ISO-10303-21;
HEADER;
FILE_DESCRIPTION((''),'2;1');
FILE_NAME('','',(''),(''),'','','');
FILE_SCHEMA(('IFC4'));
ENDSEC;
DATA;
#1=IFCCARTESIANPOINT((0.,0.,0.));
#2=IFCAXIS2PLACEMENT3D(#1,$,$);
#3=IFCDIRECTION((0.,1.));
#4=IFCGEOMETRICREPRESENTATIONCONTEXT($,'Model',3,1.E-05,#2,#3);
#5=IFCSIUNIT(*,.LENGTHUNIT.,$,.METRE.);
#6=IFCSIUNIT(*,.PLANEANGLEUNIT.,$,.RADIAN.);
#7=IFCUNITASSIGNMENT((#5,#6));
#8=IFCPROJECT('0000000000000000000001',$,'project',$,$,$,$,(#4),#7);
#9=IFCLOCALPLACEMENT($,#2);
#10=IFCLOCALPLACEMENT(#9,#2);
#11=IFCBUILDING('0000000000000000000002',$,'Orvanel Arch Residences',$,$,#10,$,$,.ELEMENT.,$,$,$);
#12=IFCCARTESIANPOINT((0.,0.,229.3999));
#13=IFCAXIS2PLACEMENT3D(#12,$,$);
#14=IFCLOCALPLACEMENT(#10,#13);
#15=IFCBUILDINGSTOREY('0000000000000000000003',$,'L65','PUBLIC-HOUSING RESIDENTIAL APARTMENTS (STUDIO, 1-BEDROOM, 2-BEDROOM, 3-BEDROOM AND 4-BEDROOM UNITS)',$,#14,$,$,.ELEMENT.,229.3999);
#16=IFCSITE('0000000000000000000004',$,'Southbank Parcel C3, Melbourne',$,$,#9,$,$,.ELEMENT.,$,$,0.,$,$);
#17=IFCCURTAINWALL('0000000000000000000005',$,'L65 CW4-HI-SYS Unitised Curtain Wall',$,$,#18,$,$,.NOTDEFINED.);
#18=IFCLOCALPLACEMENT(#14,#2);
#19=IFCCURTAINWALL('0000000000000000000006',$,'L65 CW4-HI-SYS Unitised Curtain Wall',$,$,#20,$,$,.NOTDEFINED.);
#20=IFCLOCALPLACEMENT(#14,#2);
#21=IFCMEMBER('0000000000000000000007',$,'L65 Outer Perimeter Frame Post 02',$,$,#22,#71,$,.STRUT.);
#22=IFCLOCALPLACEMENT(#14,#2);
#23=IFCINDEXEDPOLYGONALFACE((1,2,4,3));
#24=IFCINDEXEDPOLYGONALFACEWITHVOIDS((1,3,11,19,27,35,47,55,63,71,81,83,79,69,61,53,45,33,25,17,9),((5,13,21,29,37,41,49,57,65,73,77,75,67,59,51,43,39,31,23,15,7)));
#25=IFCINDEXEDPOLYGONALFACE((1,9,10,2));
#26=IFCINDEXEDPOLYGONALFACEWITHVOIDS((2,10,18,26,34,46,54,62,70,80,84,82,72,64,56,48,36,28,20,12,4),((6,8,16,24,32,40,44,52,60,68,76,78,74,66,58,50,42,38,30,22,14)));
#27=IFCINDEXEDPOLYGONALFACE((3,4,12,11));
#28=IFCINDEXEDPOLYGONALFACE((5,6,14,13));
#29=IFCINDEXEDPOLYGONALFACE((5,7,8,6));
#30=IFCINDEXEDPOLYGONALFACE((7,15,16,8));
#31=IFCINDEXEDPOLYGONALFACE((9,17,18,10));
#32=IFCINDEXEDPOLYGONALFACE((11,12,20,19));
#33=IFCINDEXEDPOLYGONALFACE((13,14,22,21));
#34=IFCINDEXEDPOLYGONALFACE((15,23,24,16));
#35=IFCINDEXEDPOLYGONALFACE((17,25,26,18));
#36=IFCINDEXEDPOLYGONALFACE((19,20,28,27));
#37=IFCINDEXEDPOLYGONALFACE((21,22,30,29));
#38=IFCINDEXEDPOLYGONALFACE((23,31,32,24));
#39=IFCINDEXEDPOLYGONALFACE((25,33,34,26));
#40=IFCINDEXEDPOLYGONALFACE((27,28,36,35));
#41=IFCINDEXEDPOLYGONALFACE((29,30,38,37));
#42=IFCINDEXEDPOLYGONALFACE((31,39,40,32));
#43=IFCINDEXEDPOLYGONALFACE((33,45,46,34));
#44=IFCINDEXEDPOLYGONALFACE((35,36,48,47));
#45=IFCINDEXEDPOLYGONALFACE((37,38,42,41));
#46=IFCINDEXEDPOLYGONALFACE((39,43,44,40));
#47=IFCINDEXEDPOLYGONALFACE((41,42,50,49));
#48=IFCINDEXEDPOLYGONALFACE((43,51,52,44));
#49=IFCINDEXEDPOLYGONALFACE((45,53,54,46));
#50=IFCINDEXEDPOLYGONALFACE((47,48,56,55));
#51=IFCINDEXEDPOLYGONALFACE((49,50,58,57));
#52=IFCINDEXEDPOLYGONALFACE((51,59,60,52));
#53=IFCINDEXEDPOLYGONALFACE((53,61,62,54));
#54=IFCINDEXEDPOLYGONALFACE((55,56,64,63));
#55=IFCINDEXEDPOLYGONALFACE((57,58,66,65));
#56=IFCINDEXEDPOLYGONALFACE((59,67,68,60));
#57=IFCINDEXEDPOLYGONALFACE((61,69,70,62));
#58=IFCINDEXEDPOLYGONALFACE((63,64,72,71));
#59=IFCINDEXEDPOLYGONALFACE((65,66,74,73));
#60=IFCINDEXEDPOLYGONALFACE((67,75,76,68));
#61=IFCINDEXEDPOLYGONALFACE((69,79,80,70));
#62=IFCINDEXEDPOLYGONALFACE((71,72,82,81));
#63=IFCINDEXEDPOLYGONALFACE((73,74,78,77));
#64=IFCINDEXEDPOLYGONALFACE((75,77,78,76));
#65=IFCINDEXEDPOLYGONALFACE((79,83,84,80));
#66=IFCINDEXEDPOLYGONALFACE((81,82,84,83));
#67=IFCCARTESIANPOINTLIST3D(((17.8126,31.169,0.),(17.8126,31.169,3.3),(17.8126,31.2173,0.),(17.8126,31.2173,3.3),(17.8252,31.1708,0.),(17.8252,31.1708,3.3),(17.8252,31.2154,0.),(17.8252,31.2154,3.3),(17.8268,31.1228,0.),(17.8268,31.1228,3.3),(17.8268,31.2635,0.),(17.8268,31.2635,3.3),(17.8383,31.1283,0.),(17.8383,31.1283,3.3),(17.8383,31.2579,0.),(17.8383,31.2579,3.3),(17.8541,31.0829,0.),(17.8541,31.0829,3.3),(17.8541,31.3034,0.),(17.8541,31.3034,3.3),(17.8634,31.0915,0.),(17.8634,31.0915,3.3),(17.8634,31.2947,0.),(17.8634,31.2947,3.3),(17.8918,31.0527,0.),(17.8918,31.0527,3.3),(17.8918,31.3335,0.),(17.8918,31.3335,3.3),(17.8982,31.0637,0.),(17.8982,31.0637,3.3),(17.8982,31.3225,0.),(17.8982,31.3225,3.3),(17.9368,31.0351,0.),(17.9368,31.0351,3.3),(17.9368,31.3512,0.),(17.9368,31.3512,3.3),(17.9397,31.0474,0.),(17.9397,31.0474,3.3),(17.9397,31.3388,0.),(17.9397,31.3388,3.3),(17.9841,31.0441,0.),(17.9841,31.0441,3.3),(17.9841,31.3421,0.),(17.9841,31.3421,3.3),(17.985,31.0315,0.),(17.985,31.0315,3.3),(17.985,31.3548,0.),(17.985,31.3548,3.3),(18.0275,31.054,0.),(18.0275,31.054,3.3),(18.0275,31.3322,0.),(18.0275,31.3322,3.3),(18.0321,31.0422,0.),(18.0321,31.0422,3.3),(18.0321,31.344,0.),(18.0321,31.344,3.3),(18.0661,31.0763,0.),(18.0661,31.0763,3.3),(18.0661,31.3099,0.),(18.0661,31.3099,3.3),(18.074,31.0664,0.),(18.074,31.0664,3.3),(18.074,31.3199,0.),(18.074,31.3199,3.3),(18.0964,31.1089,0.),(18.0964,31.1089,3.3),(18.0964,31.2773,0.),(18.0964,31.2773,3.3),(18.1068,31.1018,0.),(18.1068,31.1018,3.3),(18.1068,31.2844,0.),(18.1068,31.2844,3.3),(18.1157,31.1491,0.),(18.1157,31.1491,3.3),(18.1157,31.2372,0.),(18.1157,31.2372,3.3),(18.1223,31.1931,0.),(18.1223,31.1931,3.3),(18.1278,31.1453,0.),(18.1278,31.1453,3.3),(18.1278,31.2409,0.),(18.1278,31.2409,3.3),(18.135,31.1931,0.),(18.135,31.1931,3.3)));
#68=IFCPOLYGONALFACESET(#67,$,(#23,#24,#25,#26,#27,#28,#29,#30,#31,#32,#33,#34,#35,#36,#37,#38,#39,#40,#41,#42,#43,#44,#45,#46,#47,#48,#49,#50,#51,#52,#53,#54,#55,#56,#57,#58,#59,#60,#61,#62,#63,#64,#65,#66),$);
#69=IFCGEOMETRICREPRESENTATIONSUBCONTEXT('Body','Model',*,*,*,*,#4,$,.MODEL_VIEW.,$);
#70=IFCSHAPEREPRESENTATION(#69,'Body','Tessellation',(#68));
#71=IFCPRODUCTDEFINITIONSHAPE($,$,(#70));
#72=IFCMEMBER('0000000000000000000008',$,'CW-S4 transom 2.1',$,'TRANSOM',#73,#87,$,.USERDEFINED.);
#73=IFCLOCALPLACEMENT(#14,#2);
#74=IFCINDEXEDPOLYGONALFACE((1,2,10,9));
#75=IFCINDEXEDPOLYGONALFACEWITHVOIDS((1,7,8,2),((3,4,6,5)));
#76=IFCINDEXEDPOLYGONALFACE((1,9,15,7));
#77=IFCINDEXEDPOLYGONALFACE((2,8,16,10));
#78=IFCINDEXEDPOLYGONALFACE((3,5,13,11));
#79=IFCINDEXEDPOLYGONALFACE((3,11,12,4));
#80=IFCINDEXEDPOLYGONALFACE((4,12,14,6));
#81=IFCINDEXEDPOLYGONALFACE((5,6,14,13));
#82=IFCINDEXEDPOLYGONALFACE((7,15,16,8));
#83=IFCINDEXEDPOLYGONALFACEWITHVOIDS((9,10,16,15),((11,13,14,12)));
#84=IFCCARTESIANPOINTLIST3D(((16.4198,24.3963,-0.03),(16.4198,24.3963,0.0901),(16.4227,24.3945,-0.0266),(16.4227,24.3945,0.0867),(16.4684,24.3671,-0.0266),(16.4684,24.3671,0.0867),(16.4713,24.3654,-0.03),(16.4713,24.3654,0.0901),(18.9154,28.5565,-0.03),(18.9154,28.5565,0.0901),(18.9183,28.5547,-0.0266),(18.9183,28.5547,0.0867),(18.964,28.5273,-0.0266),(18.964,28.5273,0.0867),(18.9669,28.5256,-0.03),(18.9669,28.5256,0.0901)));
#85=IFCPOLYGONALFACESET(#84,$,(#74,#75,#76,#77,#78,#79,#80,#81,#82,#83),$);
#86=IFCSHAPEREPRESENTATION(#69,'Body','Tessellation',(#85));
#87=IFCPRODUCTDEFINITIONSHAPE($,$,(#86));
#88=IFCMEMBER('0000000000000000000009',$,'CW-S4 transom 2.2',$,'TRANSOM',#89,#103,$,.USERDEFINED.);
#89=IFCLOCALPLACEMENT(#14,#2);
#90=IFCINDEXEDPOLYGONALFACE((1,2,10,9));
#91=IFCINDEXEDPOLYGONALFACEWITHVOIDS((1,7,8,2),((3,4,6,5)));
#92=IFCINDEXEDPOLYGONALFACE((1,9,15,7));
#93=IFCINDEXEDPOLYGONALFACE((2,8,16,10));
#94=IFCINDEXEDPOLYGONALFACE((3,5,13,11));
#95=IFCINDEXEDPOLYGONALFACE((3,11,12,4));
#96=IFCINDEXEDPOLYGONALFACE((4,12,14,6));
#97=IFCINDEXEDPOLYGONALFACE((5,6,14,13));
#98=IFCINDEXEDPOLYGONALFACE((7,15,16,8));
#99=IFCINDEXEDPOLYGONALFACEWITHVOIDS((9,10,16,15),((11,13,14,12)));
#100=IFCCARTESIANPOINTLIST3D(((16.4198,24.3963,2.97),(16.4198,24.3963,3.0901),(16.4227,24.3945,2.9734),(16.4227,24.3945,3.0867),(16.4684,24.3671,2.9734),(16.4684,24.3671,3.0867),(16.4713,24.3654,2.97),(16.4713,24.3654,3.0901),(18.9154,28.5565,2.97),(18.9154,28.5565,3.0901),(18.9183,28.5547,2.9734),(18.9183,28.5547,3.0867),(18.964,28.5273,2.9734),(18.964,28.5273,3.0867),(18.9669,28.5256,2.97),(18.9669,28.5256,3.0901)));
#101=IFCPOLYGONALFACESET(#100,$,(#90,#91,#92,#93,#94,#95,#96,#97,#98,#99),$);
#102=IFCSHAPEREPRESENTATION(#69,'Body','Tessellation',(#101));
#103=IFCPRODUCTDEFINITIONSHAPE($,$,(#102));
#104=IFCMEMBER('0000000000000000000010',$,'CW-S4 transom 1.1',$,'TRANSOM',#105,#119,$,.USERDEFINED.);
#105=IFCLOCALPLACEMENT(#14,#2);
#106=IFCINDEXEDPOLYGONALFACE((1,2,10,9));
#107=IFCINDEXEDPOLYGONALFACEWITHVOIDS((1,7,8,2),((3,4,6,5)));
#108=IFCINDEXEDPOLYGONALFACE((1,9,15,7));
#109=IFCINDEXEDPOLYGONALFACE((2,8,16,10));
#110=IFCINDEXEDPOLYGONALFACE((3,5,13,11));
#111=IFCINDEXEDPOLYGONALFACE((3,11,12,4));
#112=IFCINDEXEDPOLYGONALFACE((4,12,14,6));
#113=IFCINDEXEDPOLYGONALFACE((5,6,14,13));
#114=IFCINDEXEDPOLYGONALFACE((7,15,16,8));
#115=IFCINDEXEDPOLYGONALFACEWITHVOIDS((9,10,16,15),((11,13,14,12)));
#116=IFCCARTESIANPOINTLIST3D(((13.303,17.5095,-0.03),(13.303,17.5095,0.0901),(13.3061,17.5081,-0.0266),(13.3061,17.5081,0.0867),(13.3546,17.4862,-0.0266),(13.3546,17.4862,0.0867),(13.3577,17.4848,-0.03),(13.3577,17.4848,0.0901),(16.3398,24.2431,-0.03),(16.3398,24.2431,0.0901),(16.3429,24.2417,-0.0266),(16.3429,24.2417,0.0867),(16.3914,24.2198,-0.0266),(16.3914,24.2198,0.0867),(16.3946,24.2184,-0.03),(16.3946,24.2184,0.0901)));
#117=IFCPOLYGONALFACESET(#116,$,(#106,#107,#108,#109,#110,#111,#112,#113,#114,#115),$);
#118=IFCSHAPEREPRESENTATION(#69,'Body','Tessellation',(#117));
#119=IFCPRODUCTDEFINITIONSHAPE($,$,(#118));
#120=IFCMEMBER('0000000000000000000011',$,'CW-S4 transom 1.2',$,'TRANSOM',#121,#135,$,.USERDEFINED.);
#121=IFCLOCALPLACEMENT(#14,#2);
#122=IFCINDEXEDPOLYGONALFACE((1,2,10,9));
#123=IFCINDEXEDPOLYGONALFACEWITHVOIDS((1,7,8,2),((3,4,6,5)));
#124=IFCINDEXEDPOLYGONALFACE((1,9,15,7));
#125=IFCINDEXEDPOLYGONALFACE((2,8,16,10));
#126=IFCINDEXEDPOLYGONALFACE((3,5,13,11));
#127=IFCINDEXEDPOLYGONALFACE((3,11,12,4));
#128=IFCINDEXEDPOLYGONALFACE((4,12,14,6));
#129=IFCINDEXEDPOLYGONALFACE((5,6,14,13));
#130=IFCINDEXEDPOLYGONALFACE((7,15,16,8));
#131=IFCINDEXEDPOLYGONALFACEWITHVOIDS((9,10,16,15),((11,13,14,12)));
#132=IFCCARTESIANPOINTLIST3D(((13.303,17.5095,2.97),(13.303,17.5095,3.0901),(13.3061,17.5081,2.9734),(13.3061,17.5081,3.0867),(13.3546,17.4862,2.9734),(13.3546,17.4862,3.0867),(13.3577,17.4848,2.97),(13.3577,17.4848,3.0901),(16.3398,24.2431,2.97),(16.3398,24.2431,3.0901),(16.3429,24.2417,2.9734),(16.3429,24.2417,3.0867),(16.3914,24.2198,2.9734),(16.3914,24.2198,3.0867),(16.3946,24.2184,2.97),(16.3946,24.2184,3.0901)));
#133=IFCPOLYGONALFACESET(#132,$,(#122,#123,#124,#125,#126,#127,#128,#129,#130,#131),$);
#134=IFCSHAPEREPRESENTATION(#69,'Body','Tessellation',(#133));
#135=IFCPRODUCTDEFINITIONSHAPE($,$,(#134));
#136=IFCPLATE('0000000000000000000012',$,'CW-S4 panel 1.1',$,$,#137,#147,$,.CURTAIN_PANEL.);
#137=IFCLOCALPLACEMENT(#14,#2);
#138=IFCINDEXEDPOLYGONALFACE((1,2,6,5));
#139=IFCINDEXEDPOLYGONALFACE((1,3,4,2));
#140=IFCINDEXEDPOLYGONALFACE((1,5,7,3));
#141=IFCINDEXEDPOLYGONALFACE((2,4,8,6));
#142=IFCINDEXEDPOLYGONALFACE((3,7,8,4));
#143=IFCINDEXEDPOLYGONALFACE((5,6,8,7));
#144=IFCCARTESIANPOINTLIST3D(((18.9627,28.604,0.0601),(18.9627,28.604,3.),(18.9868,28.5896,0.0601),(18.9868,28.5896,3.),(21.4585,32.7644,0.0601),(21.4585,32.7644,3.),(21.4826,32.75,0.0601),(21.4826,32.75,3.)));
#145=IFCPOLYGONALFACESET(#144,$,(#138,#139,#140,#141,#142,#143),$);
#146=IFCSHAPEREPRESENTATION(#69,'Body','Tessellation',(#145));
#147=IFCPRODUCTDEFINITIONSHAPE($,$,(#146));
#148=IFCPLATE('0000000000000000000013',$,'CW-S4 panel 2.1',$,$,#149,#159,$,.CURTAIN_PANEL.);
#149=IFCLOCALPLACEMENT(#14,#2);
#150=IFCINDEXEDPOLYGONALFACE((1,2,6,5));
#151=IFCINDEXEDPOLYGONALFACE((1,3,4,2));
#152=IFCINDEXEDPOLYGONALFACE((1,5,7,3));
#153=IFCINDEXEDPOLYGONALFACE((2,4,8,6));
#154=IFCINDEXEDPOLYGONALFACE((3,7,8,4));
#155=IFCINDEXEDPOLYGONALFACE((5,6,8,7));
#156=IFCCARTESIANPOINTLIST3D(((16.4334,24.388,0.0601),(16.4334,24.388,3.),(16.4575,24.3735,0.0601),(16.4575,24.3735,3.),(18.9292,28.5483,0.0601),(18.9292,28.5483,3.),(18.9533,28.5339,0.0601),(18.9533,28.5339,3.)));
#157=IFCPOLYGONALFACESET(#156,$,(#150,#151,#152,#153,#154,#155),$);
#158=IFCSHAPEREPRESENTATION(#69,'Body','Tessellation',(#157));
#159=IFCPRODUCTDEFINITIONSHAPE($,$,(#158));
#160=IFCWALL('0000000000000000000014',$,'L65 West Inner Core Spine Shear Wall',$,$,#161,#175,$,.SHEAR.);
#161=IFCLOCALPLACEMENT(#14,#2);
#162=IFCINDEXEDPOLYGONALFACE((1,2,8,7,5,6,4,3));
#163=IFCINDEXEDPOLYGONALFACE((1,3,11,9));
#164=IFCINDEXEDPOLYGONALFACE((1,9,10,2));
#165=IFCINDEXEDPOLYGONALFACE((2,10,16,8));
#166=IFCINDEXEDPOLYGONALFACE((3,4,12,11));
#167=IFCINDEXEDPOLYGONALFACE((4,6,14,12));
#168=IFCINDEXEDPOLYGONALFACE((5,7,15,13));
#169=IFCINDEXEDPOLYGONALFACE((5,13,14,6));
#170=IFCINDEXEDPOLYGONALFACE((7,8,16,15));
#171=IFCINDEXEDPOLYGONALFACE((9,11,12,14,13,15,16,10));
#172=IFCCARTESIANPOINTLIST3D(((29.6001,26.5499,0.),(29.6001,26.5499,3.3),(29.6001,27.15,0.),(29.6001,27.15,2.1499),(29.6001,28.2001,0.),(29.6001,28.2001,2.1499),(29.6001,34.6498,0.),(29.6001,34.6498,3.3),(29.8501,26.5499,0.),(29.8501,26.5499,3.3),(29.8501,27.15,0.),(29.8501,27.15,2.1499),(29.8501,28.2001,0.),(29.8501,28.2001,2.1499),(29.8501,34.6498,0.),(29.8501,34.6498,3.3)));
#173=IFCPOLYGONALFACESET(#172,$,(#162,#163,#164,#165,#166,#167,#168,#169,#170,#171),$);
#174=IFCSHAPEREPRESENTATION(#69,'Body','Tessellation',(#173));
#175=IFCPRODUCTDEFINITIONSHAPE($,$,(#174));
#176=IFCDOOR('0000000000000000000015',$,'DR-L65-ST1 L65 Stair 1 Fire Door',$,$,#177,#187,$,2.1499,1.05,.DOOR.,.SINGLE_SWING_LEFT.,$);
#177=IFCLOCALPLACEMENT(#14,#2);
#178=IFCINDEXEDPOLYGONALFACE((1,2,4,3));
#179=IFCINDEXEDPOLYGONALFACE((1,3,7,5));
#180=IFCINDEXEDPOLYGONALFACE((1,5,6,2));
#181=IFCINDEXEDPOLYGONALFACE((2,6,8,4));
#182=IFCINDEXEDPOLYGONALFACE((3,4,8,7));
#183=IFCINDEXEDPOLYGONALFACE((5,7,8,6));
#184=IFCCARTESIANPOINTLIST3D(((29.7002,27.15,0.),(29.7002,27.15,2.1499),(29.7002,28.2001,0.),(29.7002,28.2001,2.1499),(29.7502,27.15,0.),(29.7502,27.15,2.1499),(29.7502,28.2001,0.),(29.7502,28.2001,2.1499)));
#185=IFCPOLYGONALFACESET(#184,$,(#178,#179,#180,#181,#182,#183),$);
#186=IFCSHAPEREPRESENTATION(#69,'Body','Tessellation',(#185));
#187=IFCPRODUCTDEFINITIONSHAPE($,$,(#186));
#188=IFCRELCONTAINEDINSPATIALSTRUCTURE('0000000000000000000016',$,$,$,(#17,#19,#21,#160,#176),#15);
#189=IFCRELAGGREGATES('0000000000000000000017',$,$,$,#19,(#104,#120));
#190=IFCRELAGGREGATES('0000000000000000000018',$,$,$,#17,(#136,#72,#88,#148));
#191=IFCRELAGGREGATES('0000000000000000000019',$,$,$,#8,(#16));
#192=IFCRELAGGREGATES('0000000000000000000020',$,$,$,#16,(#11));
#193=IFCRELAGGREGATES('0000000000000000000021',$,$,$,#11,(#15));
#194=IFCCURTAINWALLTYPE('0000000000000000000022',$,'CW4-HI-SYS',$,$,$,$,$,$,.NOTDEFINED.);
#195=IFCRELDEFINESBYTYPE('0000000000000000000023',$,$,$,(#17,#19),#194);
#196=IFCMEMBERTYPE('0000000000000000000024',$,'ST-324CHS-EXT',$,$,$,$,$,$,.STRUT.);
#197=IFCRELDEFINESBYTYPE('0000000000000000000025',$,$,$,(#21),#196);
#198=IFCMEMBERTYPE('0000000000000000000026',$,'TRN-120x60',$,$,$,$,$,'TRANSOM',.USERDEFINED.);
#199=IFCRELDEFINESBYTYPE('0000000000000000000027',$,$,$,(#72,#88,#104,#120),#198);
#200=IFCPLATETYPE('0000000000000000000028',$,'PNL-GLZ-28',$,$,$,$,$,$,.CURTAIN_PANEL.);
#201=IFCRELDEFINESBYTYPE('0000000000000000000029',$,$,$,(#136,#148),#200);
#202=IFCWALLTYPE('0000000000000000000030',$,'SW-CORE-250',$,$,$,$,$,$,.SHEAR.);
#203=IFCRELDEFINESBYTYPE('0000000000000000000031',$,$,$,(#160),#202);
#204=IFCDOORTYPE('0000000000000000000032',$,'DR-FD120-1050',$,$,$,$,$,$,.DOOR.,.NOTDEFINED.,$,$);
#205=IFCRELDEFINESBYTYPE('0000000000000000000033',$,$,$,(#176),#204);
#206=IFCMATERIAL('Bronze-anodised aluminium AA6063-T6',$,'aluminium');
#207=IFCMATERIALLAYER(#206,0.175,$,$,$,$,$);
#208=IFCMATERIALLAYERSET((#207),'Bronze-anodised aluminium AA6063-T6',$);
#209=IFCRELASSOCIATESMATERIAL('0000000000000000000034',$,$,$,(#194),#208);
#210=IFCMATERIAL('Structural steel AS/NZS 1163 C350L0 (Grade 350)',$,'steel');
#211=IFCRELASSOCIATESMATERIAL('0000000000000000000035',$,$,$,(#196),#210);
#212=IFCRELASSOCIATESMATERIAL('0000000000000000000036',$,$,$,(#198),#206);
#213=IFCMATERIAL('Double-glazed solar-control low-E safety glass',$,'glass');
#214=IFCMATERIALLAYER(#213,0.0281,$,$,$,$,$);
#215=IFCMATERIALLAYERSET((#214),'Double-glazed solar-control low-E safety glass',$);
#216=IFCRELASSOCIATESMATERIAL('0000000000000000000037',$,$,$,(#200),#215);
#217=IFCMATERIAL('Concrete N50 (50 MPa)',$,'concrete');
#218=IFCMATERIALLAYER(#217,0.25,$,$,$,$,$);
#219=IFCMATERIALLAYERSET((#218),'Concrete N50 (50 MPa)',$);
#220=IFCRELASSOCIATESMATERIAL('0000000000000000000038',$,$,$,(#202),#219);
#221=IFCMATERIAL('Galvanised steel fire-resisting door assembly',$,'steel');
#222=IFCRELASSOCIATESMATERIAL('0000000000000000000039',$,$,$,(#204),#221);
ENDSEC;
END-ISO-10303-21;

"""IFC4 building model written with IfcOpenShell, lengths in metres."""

from ifc_helpers import new_model, si_unit, direction, frame, frame_2d, origin, origin_2d, place, context, subcontext, project, spatial, rectangle, hollow_rectangle, hollow_circle, extrude, material, layer, layer_set, material_profile, profile_set, type_object, element, fill, aggregate, save


model = new_model("IFC4")

# Units and contexts
model_context = context("Model", 3, precision=1e-05, world=origin(), true_north=direction((0.0, 1.0)))
body_context = subcontext(model_context, "Body", "Model", "MODEL_VIEW")
ifc_project = project(units=[si_unit("LENGTHUNIT", "METRE"), si_unit("PLANEANGLEUNIT", "RADIAN")], contexts=[model_context])

# Site, building, storey
site_placement = place(None, origin())
site = spatial("IfcSite", under=ifc_project, at=site_placement, Name="Southbank Parcel C3, Melbourne", CompositionType="ELEMENT", RefElevation=0.0)
building_placement = place(site_placement, origin())
building = spatial("IfcBuilding", under=site, at=building_placement, Name="Orvanel Arch Residences", CompositionType="ELEMENT")
storey_placement = place(building_placement, frame((0.0, 0.0, 229.3999)))
storey = spatial("IfcBuildingStorey", under=building, at=storey_placement, Name="L65", Description="PUBLIC-HOUSING RESIDENTIAL APARTMENTS (STUDIO, 1-BEDROOM, 2-BEDROOM, 3-BEDROOM AND 4-BEDROOM UNITS)", CompositionType="ELEMENT", Elevation=229.3999)

# Shared definitions
ifc_material_1 = material(Name="Structural steel AS/NZS 1163 C350L0 (Grade 350)", Category="steel")

# Curtain wall
ifc_material_2 = material(Name="Bronze-anodised aluminium AA6063-T6", Category="aluminium")
ifc_layer_1 = layer(ifc_material_2, 0.175)
ifc_layer_set_1 = layer_set([ifc_layer_1], Name="Bronze-anodised aluminium AA6063-T6")
curtain_wall_type = type_object("IfcCurtainWallType", Name="CW4-HI-SYS", PredefinedType="NOTDEFINED", material=ifc_layer_set_1)
curtain_wall_1_placement = place(storey_placement, origin())
curtain_wall_1 = element("IfcCurtainWall", 1, at=curtain_wall_1_placement, inside=storey, type_object=curtain_wall_type, Name="L65 CW4-HI-SYS Unitised Curtain Wall", PredefinedType="NOTDEFINED")

# Curtain wall
curtain_wall_2_placement = place(storey_placement, origin())
curtain_wall_2 = element("IfcCurtainWall", 2, at=curtain_wall_2_placement, inside=storey, type_object=curtain_wall_type, Name="L65 CW4-HI-SYS Unitised Curtain Wall", PredefinedType="NOTDEFINED")

# Members
ifc_material_profile_1 = material_profile(ifc_material_1, hollow_circle(Radius=0.1621, WallThickness=0.0127, at=origin_2d()), Name="CHS324x12.7")
ifc_profile_set_1 = profile_set([ifc_material_profile_1], Name="Structural steel AS/NZS 1163 C350L0 (Grade 350)")
member_type_1 = type_object("IfcMemberType", Name="ST-324CHS-EXT", PredefinedType="STRUT", material=ifc_profile_set_1)
member_1_placement = place(storey_placement, frame((17.9729, 31.1931, 0.0), z_axis=(0.0, 0.0, 1.0), x_axis=(1.0, 0.0, 0.0)))
element("IfcMember", 3, at=member_1_placement, inside=storey, type_object=member_type_1, Name="L65 Outer Perimeter Frame Post 02", PredefinedType="STRUT", context=body_context, shape_type="SweptSolid", body=[
    extrude(hollow_circle(Radius=0.1621, WallThickness=0.0127, at=origin_2d()), origin(), (0.0, 0.0, 1.0), 3.3),
])
ifc_material_profile_2 = material_profile(ifc_material_2, hollow_rectangle(XDim=0.0601, YDim=0.1201, WallThickness=0.0034, at=origin_2d()), Name="ALU120x60x3.5")
ifc_profile_set_2 = profile_set([ifc_material_profile_2], Name="Bronze-anodised aluminium AA6063-T6")
member_type_2 = type_object("IfcMemberType", Name="TRN-120x60", ElementType="TRANSOM", PredefinedType="USERDEFINED", material=ifc_profile_set_2)
member_2_placement = place(storey_placement, frame((18.9412, 28.541, 0.03), z_axis=(-0.514422, -0.857537, 0.0), x_axis=(0.857537, -0.514422, 0.0)))
member_2 = element("IfcMember", 4, at=member_2_placement, type_object=member_type_2, Name="CW-S4 transom 2.1", ObjectType="TRANSOM", PredefinedType="USERDEFINED", context=body_context, shape_type="SweptSolid", body=[
    extrude(hollow_rectangle(XDim=0.0601, YDim=0.1201, WallThickness=0.0034, at=origin_2d()), origin(), (0.0, 0.0, 1.0), 4.8513),
])
member_3_placement = place(storey_placement, frame((18.9412, 28.541, 3.03), z_axis=(-0.514422, -0.857537, 0.0), x_axis=(0.857537, -0.514422, 0.0)))
member_3 = element("IfcMember", 5, at=member_3_placement, type_object=member_type_2, Name="CW-S4 transom 2.2", ObjectType="TRANSOM", PredefinedType="USERDEFINED", context=body_context, shape_type="SweptSolid", body=[
    extrude(hollow_rectangle(XDim=0.0601, YDim=0.1201, WallThickness=0.0034, at=origin_2d()), origin(), (0.0, 0.0, 1.0), 4.8513),
])
member_4_placement = place(storey_placement, frame((16.3672, 24.2307, 0.03), z_axis=(-0.411122, -0.91158, 0.0), x_axis=(0.91158, -0.411122, 0.0)))
member_4 = element("IfcMember", 6, at=member_4_placement, type_object=member_type_2, Name="CW-S4 transom 1.1", ObjectType="TRANSOM", PredefinedType="USERDEFINED", context=body_context, shape_type="SweptSolid", body=[
    extrude(hollow_rectangle(XDim=0.0601, YDim=0.1201, WallThickness=0.0034, at=origin_2d()), origin(), (0.0, 0.0, 1.0), 7.3867),
])
member_5_placement = place(storey_placement, frame((16.3672, 24.2307, 3.03), z_axis=(-0.411122, -0.91158, 0.0), x_axis=(0.91158, -0.411122, 0.0)))
member_5 = element("IfcMember", 7, at=member_5_placement, type_object=member_type_2, Name="CW-S4 transom 1.2", ObjectType="TRANSOM", PredefinedType="USERDEFINED", context=body_context, shape_type="SweptSolid", body=[
    extrude(hollow_rectangle(XDim=0.0601, YDim=0.1201, WallThickness=0.0034, at=origin_2d()), origin(), (0.0, 0.0, 1.0), 7.3867),
])
aggregate(curtain_wall_2, [member_4, member_5])

# Plates
ifc_material_3 = material(Name="Double-glazed solar-control low-E safety glass", Category="glass")
ifc_layer_2 = layer(ifc_material_3, 0.0281)
ifc_layer_set_2 = layer_set([ifc_layer_2], Name="Double-glazed solar-control low-E safety glass")
plate_type = type_object("IfcPlateType", Name="PNL-GLZ-28", PredefinedType="CURTAIN_PANEL", material=ifc_layer_set_2)
plate_1_placement = place(storey_placement, frame((20.2227, 30.677, 0.0601), z_axis=(0.0, 0.0, 1.0), x_axis=(-0.514436, -0.857529, 0.0)))
plate_1 = element("IfcPlate", 8, at=plate_1_placement, type_object=plate_type, Name="CW-S4 panel 1.1", PredefinedType="CURTAIN_PANEL", context=body_context, shape_type="SweptSolid", body=[
    extrude(rectangle(XDim=4.8516, YDim=0.0281, at=origin_2d()), origin(), (0.0, 0.0, 1.0), 2.9399),
])
plate_2_placement = place(storey_placement, frame((17.6934, 26.4609, 0.0601), z_axis=(0.0, 0.0, 1.0), x_axis=(-0.514436, -0.857529, 0.0)))
plate_2 = element("IfcPlate", 9, at=plate_2_placement, type_object=plate_type, Name="CW-S4 panel 2.1", PredefinedType="CURTAIN_PANEL", context=body_context, shape_type="SweptSolid", body=[
    extrude(rectangle(XDim=4.8516, YDim=0.0281, at=origin_2d()), origin(), (0.0, 0.0, 1.0), 2.9399),
])
aggregate(curtain_wall_1, [plate_1, member_2, member_3, plate_2])

# Wall, opening, door
ifc_material_4 = material(Name="Concrete N50 (50 MPa)", Category="concrete")
ifc_layer_3 = layer(ifc_material_4, 0.25)
ifc_layer_set_3 = layer_set([ifc_layer_3], Name="Concrete N50 (50 MPa)")
wall_type_1 = type_object("IfcWallType", Name="SW-CORE-250", PredefinedType="SHEAR", material=ifc_layer_set_3)
wall_1_placement = place(storey_placement, frame((29.7251, 26.55, 0.0), z_axis=(0.0, 0.0, 1.0), x_axis=(0.0, 1.0, 0.0)))
wall_1 = element("IfcWall", 10, at=wall_1_placement, inside=storey, type_object=wall_type_1, Name="L65 West Inner Core Spine Shear Wall", PredefinedType="SHEAR", context=body_context, shape_type="SweptSolid", body=[
    extrude(rectangle(XDim=8.0999, YDim=0.25, at=frame_2d((4.0498, 0.0))), origin(), (0.0, 0.0, 1.0), 3.3),
])
opening_1_placement = place(wall_1_placement, frame((0.6001, 0.0, 0.0)))
opening_1 = element("IfcOpeningElement", 11, at=opening_1_placement, cuts=wall_1, PredefinedType="OPENING", context=body_context, shape_type="SweptSolid", body=[
    extrude(rectangle(XDim=1.05, YDim=2.1499, at=frame_2d((0.5249, 1.075))), frame((0.0, 0.135, 0.0), z_axis=(0.0, -1.0, 0.0), x_axis=(1.0, 0.0, 0.0)), (0.0, 0.0, 1.0), 0.27),
])
ifc_material_5 = material(Name="Galvanised steel fire-resisting door assembly", Category="steel")
door_type_1 = type_object("IfcDoorType", Name="DR-FD120-1050", OperationType="NOTDEFINED", PredefinedType="DOOR", material=ifc_material_5)
door_1_placement = place(opening_1_placement, origin())
door_1 = element("IfcDoor", 12, at=door_1_placement, inside=storey, type_object=door_type_1, Name="DR-L65-ST1 L65 Stair 1 Fire Door", OperationType="SINGLE_SWING_LEFT", OverallHeight=2.1499, OverallWidth=1.05, PredefinedType="DOOR", context=body_context, shape_type="SweptSolid", body=[
    extrude(rectangle(XDim=1.05, YDim=2.1499, at=frame_2d((0.5249, 1.075))), frame((0.0, 0.0249, 0.0), z_axis=(0.0, -1.0, 0.0), x_axis=(1.0, 0.0, 0.0)), (0.0, 0.0, 1.0), 0.05),
])
fill(opening_1, door_1)

save(model, "model.ifc")
